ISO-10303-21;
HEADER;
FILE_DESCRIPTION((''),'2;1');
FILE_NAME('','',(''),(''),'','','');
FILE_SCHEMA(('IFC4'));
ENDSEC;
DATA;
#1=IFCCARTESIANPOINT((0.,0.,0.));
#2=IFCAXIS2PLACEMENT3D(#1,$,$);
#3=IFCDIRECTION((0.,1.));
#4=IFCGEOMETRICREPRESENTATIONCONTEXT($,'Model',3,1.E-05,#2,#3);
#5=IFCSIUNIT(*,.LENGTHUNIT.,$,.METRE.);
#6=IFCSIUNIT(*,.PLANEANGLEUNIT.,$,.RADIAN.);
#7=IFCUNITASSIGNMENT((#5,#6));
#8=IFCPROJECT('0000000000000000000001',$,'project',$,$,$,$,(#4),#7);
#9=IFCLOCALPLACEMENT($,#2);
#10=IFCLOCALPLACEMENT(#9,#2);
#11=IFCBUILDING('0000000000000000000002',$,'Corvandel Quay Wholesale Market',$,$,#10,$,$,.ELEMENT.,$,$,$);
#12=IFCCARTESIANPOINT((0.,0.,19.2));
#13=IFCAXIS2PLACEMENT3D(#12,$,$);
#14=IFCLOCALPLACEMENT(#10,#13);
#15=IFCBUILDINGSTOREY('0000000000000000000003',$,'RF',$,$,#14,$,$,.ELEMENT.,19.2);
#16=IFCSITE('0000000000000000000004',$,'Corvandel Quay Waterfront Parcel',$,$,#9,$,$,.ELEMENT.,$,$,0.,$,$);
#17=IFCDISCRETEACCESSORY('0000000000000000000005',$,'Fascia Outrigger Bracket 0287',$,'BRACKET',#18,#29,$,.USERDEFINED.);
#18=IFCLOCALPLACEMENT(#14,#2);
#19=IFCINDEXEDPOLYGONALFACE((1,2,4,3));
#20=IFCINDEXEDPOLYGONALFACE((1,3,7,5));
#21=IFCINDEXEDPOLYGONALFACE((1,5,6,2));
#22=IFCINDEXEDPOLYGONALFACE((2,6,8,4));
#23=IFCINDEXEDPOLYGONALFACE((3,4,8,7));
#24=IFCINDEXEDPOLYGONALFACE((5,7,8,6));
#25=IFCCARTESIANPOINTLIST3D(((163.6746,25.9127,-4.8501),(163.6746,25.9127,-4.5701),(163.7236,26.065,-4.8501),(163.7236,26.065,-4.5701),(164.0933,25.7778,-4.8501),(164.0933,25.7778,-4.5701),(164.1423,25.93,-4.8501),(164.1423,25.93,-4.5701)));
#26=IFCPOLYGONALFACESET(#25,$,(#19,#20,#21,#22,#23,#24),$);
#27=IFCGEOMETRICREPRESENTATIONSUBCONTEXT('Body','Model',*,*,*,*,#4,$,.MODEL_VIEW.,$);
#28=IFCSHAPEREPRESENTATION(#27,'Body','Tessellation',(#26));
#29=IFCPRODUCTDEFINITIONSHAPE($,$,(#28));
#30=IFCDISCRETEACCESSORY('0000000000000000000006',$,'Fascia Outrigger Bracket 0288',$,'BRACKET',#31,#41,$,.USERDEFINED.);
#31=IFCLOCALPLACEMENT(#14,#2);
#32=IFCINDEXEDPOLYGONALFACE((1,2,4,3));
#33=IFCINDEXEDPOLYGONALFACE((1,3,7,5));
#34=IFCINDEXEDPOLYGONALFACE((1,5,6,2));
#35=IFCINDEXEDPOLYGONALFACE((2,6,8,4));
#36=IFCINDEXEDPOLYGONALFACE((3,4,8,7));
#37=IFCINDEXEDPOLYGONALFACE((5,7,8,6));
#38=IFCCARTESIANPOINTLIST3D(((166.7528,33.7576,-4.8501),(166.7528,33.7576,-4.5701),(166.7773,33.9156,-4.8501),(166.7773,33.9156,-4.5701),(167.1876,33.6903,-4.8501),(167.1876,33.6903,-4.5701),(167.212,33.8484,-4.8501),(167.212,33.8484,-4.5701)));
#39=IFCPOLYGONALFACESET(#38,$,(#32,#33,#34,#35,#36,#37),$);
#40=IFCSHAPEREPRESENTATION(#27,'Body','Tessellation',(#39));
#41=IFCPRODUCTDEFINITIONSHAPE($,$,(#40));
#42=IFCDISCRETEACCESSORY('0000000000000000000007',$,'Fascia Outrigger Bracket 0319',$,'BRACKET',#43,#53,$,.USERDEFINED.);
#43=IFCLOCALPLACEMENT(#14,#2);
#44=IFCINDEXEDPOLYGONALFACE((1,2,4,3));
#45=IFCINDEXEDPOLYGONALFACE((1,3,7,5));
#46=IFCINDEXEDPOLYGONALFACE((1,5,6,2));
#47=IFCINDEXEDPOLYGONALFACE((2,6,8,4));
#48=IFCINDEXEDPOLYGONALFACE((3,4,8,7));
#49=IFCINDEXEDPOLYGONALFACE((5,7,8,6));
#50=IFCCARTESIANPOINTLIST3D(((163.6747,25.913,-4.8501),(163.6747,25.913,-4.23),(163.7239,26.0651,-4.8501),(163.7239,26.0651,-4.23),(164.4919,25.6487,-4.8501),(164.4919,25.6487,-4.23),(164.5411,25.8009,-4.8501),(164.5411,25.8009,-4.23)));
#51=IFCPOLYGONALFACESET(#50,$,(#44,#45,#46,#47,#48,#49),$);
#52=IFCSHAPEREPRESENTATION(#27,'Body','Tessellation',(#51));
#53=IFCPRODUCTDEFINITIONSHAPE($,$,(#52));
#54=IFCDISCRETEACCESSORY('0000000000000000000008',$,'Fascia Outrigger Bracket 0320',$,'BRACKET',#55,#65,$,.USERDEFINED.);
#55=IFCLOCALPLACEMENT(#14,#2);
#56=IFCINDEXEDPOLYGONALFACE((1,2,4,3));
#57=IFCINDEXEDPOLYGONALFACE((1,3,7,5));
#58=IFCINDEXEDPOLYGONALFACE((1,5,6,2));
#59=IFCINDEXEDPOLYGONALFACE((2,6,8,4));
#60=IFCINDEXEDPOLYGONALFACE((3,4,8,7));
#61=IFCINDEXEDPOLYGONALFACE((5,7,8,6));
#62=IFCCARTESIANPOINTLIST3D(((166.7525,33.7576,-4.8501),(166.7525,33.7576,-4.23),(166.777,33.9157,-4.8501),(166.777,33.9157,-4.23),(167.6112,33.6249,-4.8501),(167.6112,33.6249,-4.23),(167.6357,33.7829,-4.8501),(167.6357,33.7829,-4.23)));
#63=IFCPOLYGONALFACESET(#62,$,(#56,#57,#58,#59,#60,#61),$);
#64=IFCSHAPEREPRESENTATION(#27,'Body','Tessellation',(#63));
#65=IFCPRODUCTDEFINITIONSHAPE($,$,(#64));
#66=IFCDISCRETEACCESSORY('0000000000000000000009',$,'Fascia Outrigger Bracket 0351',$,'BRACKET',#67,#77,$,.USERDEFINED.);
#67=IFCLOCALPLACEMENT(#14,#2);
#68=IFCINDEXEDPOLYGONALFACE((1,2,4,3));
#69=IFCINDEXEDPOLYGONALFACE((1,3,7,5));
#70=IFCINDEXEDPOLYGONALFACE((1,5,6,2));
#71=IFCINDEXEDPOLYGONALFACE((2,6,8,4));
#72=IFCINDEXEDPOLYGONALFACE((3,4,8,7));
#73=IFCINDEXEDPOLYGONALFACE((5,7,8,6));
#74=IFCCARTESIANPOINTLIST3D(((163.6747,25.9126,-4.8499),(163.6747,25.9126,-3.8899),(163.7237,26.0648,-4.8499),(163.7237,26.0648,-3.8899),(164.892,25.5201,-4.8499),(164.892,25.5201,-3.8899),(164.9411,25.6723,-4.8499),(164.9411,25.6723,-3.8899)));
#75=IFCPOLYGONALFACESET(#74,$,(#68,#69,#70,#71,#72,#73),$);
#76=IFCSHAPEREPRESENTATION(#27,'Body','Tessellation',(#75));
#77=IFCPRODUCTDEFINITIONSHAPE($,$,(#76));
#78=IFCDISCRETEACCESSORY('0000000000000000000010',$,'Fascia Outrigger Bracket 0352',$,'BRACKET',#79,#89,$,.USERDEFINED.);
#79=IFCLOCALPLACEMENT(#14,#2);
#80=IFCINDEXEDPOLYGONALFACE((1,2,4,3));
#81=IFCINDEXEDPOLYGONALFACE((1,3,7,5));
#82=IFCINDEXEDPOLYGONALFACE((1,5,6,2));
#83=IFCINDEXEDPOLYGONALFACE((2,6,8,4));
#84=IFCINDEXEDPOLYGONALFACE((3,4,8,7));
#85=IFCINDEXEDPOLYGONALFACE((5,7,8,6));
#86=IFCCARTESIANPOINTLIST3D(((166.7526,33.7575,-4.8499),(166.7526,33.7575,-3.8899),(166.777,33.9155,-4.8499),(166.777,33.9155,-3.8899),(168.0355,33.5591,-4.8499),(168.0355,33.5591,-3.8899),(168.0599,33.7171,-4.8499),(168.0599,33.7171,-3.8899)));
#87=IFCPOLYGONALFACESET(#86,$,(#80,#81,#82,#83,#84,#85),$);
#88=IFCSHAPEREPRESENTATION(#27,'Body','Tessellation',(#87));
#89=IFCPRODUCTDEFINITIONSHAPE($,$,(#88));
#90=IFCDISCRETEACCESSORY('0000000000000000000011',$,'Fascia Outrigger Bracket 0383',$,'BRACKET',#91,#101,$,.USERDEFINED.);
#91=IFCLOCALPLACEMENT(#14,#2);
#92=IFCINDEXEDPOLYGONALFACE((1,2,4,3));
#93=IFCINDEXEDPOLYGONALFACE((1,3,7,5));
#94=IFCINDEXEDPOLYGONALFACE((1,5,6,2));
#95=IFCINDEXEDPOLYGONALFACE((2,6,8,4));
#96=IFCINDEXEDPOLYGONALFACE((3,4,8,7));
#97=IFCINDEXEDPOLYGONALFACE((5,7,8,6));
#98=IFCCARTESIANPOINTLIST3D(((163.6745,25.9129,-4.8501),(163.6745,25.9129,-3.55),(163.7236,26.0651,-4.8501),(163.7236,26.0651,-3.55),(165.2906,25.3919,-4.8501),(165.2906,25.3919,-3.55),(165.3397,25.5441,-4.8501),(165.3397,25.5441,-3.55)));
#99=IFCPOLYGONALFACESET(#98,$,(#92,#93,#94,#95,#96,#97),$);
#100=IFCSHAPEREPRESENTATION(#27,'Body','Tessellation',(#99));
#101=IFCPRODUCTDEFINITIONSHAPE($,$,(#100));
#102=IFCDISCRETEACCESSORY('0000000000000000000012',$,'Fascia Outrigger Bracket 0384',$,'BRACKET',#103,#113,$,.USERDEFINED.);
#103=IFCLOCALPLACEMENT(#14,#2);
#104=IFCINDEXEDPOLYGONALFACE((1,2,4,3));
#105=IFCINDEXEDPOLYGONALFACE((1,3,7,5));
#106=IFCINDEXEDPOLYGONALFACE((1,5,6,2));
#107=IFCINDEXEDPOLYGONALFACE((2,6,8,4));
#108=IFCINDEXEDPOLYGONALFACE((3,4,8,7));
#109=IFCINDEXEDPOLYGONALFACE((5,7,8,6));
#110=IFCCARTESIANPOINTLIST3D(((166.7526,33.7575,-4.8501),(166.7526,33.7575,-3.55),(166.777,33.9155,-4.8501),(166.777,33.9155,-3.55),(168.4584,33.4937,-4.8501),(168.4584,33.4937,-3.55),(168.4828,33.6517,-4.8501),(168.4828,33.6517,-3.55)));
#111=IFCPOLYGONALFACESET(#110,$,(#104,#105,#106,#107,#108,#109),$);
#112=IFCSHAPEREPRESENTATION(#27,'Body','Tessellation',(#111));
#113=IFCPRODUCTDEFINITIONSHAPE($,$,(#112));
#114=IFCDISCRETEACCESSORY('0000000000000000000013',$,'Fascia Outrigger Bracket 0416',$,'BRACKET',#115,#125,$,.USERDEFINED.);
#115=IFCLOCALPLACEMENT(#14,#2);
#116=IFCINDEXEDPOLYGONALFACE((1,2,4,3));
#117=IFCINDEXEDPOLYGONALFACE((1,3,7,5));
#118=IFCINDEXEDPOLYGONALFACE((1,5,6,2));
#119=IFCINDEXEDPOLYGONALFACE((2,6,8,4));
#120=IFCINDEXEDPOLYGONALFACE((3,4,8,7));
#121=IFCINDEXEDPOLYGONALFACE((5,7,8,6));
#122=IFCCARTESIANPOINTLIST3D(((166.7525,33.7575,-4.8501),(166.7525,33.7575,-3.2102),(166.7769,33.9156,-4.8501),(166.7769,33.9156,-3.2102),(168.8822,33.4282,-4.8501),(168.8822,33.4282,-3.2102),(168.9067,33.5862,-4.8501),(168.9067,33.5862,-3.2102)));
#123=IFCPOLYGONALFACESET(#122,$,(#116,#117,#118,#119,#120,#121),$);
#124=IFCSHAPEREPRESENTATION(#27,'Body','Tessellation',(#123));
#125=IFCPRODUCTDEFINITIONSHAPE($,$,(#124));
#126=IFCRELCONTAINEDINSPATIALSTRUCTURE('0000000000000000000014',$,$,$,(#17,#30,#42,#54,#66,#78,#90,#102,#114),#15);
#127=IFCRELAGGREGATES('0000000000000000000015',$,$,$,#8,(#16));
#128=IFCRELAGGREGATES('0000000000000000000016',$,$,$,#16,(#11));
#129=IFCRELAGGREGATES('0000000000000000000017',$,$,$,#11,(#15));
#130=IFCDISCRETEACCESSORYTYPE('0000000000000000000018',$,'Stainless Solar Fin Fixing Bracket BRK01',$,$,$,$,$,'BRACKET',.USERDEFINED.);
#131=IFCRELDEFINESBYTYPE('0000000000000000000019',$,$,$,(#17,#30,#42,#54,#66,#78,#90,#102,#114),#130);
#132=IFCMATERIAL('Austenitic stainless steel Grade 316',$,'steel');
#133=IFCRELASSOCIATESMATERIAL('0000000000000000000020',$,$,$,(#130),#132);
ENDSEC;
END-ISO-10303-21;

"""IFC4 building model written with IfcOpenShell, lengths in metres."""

from ifc_helpers import new_model, si_unit, direction, frame, origin, origin_2d, place, context, subcontext, project, spatial, rectangle, extrude, material, type_object, element, save


model = new_model("IFC4")

# Units and contexts
model_context = context("Model", 3, precision=1e-05, world=origin(), true_north=direction((0.0, 1.0)))
body_context = subcontext(model_context, "Body", "Model", "MODEL_VIEW")
ifc_project = project(units=[si_unit("LENGTHUNIT", "METRE"), si_unit("PLANEANGLEUNIT", "RADIAN")], contexts=[model_context])

# Site, building, storey
site_placement = place(None, origin())
site = spatial("IfcSite", under=ifc_project, at=site_placement, Name="Corvandel Quay Waterfront Parcel", CompositionType="ELEMENT", RefElevation=0.0)
building_placement = place(site_placement, origin())
building = spatial("IfcBuilding", under=site, at=building_placement, Name="Corvandel Quay Wholesale Market", CompositionType="ELEMENT")
storey_placement = place(building_placement, frame((0.0, 0.0, 19.2)))
storey = spatial("IfcBuildingStorey", under=building, at=storey_placement, Name="RF", CompositionType="ELEMENT", Elevation=19.2)

# Discrete accessories
ifc_material_1 = material(Name="Austenitic stainless steel Grade 316", Category="steel")
discrete_accessory_type = type_object("IfcDiscreteAccessoryType", Name="Stainless Solar Fin Fixing Bracket BRK01", ElementType="BRACKET", PredefinedType="USERDEFINED", material=ifc_material_1)
for number, where, z_axis, x_axis, name in (
    (1, (163.9084, 25.9214, -4.8501), (0.0, 0.0, 1.0), (-0.951809, 0.306692, 0.0), "Fascia Outrigger Bracket 0287"),
    (2, (166.9824, 33.803, -4.8501), (0.0, 0.0, 1.0), (-0.988255, 0.152813, 0.0), "Fascia Outrigger Bracket 0288"),
):
    element("IfcDiscreteAccessory", number, at=place(storey_placement, frame(where, z_axis=z_axis, x_axis=x_axis)), inside=storey, type_object=discrete_accessory_type, Name=name, ObjectType="BRACKET", PredefinedType="USERDEFINED", context=body_context, shape_type="SweptSolid", body=[
        extrude(rectangle(XDim=0.4399, YDim=0.1599, at=origin_2d()), origin(), (0.0, 0.0, 1.0), 0.28),
    ])
discrete_accessory_1_placement = place(storey_placement, frame((164.1079, 25.8569, -4.8501), z_axis=(0.0, 0.0, 1.0), x_axis=(-0.951487, 0.307689, 0.0)))
element("IfcDiscreteAccessory", 3, at=discrete_accessory_1_placement, inside=storey, type_object=discrete_accessory_type, Name="Fascia Outrigger Bracket 0319", ObjectType="BRACKET", PredefinedType="USERDEFINED", context=body_context, shape_type="SweptSolid", body=[
    extrude(rectangle(XDim=0.8589, YDim=0.1599, at=origin_2d()), origin(), (0.0, 0.0, 1.0), 0.6201),
])
discrete_accessory_2_placement = place(storey_placement, frame((167.1941, 33.7703, -4.8501), z_axis=(0.0, 0.0, 1.0), x_axis=(-0.988255, 0.152813, 0.0)))
element("IfcDiscreteAccessory", 4, at=discrete_accessory_2_placement, inside=storey, type_object=discrete_accessory_type, Name="Fascia Outrigger Bracket 0320", ObjectType="BRACKET", PredefinedType="USERDEFINED", context=body_context, shape_type="SweptSolid", body=[
    extrude(rectangle(XDim=0.8689, YDim=0.1599, at=origin_2d()), origin(), (0.0, 0.0, 1.0), 0.6201),
])
discrete_accessory_3_placement = place(storey_placement, frame((164.3079, 25.7925, -4.8499), z_axis=(0.0, 0.0, 1.0), x_axis=(-0.951755, 0.306858, 0.0)))
element("IfcDiscreteAccessory", 5, at=discrete_accessory_3_placement, inside=storey, type_object=discrete_accessory_type, Name="Fascia Outrigger Bracket 0351", ObjectType="BRACKET", PredefinedType="USERDEFINED", context=body_context, shape_type="SweptSolid", body=[
    extrude(rectangle(XDim=1.2791, YDim=0.1599, at=origin_2d()), origin(), (0.0, 0.0, 1.0), 0.96),
])
discrete_accessory_4_placement = place(storey_placement, frame((167.4062, 33.7373, -4.8499), z_axis=(0.0, 0.0, 1.0), x_axis=(-0.988255, 0.152813, 0.0)))
element("IfcDiscreteAccessory", 6, at=discrete_accessory_4_placement, inside=storey, type_object=discrete_accessory_type, Name="Fascia Outrigger Bracket 0352", ObjectType="BRACKET", PredefinedType="USERDEFINED", context=body_context, shape_type="SweptSolid", body=[
    extrude(rectangle(XDim=1.2981, YDim=0.1599, at=origin_2d()), origin(), (0.0, 0.0, 1.0), 0.96),
])
discrete_accessory_5_placement = place(storey_placement, frame((164.5071, 25.7285, -4.8501), z_axis=(0.0, 0.0, 1.0), x_axis=(-0.951755, 0.306858, 0.0)))
element("IfcDiscreteAccessory", 7, at=discrete_accessory_5_placement, inside=storey, type_object=discrete_accessory_type, Name="Fascia Outrigger Bracket 0383", ObjectType="BRACKET", PredefinedType="USERDEFINED", context=body_context, shape_type="SweptSolid", body=[
    extrude(rectangle(XDim=1.698, YDim=0.1599, at=origin_2d()), origin(), (0.0, 0.0, 1.0), 1.3),
])
discrete_accessory_6_placement = place(storey_placement, frame((167.6177, 33.7046, -4.8501), z_axis=(0.0, 0.0, 1.0), x_axis=(-0.988255, 0.152813, 0.0)))
element("IfcDiscreteAccessory", 8, at=discrete_accessory_6_placement, inside=storey, type_object=discrete_accessory_type, Name="Fascia Outrigger Bracket 0384", ObjectType="BRACKET", PredefinedType="USERDEFINED", context=body_context, shape_type="SweptSolid", body=[
    extrude(rectangle(XDim=1.7261, YDim=0.1599, at=origin_2d()), origin(), (0.0, 0.0, 1.0), 1.3),
])
discrete_accessory_7_placement = place(storey_placement, frame((167.8296, 33.6719, -4.8501), z_axis=(0.0, 0.0, 1.0), x_axis=(-0.988255, 0.152813, 0.0)))
element("IfcDiscreteAccessory", 9, at=discrete_accessory_7_placement, inside=storey, type_object=discrete_accessory_type, Name="Fascia Outrigger Bracket 0416", ObjectType="BRACKET", PredefinedType="USERDEFINED", context=body_context, shape_type="SweptSolid", body=[
    extrude(rectangle(XDim=2.155, YDim=0.1599, at=origin_2d()), origin(), (0.0, 0.0, 1.0), 1.6399),
])

save(model, "model.ifc")
